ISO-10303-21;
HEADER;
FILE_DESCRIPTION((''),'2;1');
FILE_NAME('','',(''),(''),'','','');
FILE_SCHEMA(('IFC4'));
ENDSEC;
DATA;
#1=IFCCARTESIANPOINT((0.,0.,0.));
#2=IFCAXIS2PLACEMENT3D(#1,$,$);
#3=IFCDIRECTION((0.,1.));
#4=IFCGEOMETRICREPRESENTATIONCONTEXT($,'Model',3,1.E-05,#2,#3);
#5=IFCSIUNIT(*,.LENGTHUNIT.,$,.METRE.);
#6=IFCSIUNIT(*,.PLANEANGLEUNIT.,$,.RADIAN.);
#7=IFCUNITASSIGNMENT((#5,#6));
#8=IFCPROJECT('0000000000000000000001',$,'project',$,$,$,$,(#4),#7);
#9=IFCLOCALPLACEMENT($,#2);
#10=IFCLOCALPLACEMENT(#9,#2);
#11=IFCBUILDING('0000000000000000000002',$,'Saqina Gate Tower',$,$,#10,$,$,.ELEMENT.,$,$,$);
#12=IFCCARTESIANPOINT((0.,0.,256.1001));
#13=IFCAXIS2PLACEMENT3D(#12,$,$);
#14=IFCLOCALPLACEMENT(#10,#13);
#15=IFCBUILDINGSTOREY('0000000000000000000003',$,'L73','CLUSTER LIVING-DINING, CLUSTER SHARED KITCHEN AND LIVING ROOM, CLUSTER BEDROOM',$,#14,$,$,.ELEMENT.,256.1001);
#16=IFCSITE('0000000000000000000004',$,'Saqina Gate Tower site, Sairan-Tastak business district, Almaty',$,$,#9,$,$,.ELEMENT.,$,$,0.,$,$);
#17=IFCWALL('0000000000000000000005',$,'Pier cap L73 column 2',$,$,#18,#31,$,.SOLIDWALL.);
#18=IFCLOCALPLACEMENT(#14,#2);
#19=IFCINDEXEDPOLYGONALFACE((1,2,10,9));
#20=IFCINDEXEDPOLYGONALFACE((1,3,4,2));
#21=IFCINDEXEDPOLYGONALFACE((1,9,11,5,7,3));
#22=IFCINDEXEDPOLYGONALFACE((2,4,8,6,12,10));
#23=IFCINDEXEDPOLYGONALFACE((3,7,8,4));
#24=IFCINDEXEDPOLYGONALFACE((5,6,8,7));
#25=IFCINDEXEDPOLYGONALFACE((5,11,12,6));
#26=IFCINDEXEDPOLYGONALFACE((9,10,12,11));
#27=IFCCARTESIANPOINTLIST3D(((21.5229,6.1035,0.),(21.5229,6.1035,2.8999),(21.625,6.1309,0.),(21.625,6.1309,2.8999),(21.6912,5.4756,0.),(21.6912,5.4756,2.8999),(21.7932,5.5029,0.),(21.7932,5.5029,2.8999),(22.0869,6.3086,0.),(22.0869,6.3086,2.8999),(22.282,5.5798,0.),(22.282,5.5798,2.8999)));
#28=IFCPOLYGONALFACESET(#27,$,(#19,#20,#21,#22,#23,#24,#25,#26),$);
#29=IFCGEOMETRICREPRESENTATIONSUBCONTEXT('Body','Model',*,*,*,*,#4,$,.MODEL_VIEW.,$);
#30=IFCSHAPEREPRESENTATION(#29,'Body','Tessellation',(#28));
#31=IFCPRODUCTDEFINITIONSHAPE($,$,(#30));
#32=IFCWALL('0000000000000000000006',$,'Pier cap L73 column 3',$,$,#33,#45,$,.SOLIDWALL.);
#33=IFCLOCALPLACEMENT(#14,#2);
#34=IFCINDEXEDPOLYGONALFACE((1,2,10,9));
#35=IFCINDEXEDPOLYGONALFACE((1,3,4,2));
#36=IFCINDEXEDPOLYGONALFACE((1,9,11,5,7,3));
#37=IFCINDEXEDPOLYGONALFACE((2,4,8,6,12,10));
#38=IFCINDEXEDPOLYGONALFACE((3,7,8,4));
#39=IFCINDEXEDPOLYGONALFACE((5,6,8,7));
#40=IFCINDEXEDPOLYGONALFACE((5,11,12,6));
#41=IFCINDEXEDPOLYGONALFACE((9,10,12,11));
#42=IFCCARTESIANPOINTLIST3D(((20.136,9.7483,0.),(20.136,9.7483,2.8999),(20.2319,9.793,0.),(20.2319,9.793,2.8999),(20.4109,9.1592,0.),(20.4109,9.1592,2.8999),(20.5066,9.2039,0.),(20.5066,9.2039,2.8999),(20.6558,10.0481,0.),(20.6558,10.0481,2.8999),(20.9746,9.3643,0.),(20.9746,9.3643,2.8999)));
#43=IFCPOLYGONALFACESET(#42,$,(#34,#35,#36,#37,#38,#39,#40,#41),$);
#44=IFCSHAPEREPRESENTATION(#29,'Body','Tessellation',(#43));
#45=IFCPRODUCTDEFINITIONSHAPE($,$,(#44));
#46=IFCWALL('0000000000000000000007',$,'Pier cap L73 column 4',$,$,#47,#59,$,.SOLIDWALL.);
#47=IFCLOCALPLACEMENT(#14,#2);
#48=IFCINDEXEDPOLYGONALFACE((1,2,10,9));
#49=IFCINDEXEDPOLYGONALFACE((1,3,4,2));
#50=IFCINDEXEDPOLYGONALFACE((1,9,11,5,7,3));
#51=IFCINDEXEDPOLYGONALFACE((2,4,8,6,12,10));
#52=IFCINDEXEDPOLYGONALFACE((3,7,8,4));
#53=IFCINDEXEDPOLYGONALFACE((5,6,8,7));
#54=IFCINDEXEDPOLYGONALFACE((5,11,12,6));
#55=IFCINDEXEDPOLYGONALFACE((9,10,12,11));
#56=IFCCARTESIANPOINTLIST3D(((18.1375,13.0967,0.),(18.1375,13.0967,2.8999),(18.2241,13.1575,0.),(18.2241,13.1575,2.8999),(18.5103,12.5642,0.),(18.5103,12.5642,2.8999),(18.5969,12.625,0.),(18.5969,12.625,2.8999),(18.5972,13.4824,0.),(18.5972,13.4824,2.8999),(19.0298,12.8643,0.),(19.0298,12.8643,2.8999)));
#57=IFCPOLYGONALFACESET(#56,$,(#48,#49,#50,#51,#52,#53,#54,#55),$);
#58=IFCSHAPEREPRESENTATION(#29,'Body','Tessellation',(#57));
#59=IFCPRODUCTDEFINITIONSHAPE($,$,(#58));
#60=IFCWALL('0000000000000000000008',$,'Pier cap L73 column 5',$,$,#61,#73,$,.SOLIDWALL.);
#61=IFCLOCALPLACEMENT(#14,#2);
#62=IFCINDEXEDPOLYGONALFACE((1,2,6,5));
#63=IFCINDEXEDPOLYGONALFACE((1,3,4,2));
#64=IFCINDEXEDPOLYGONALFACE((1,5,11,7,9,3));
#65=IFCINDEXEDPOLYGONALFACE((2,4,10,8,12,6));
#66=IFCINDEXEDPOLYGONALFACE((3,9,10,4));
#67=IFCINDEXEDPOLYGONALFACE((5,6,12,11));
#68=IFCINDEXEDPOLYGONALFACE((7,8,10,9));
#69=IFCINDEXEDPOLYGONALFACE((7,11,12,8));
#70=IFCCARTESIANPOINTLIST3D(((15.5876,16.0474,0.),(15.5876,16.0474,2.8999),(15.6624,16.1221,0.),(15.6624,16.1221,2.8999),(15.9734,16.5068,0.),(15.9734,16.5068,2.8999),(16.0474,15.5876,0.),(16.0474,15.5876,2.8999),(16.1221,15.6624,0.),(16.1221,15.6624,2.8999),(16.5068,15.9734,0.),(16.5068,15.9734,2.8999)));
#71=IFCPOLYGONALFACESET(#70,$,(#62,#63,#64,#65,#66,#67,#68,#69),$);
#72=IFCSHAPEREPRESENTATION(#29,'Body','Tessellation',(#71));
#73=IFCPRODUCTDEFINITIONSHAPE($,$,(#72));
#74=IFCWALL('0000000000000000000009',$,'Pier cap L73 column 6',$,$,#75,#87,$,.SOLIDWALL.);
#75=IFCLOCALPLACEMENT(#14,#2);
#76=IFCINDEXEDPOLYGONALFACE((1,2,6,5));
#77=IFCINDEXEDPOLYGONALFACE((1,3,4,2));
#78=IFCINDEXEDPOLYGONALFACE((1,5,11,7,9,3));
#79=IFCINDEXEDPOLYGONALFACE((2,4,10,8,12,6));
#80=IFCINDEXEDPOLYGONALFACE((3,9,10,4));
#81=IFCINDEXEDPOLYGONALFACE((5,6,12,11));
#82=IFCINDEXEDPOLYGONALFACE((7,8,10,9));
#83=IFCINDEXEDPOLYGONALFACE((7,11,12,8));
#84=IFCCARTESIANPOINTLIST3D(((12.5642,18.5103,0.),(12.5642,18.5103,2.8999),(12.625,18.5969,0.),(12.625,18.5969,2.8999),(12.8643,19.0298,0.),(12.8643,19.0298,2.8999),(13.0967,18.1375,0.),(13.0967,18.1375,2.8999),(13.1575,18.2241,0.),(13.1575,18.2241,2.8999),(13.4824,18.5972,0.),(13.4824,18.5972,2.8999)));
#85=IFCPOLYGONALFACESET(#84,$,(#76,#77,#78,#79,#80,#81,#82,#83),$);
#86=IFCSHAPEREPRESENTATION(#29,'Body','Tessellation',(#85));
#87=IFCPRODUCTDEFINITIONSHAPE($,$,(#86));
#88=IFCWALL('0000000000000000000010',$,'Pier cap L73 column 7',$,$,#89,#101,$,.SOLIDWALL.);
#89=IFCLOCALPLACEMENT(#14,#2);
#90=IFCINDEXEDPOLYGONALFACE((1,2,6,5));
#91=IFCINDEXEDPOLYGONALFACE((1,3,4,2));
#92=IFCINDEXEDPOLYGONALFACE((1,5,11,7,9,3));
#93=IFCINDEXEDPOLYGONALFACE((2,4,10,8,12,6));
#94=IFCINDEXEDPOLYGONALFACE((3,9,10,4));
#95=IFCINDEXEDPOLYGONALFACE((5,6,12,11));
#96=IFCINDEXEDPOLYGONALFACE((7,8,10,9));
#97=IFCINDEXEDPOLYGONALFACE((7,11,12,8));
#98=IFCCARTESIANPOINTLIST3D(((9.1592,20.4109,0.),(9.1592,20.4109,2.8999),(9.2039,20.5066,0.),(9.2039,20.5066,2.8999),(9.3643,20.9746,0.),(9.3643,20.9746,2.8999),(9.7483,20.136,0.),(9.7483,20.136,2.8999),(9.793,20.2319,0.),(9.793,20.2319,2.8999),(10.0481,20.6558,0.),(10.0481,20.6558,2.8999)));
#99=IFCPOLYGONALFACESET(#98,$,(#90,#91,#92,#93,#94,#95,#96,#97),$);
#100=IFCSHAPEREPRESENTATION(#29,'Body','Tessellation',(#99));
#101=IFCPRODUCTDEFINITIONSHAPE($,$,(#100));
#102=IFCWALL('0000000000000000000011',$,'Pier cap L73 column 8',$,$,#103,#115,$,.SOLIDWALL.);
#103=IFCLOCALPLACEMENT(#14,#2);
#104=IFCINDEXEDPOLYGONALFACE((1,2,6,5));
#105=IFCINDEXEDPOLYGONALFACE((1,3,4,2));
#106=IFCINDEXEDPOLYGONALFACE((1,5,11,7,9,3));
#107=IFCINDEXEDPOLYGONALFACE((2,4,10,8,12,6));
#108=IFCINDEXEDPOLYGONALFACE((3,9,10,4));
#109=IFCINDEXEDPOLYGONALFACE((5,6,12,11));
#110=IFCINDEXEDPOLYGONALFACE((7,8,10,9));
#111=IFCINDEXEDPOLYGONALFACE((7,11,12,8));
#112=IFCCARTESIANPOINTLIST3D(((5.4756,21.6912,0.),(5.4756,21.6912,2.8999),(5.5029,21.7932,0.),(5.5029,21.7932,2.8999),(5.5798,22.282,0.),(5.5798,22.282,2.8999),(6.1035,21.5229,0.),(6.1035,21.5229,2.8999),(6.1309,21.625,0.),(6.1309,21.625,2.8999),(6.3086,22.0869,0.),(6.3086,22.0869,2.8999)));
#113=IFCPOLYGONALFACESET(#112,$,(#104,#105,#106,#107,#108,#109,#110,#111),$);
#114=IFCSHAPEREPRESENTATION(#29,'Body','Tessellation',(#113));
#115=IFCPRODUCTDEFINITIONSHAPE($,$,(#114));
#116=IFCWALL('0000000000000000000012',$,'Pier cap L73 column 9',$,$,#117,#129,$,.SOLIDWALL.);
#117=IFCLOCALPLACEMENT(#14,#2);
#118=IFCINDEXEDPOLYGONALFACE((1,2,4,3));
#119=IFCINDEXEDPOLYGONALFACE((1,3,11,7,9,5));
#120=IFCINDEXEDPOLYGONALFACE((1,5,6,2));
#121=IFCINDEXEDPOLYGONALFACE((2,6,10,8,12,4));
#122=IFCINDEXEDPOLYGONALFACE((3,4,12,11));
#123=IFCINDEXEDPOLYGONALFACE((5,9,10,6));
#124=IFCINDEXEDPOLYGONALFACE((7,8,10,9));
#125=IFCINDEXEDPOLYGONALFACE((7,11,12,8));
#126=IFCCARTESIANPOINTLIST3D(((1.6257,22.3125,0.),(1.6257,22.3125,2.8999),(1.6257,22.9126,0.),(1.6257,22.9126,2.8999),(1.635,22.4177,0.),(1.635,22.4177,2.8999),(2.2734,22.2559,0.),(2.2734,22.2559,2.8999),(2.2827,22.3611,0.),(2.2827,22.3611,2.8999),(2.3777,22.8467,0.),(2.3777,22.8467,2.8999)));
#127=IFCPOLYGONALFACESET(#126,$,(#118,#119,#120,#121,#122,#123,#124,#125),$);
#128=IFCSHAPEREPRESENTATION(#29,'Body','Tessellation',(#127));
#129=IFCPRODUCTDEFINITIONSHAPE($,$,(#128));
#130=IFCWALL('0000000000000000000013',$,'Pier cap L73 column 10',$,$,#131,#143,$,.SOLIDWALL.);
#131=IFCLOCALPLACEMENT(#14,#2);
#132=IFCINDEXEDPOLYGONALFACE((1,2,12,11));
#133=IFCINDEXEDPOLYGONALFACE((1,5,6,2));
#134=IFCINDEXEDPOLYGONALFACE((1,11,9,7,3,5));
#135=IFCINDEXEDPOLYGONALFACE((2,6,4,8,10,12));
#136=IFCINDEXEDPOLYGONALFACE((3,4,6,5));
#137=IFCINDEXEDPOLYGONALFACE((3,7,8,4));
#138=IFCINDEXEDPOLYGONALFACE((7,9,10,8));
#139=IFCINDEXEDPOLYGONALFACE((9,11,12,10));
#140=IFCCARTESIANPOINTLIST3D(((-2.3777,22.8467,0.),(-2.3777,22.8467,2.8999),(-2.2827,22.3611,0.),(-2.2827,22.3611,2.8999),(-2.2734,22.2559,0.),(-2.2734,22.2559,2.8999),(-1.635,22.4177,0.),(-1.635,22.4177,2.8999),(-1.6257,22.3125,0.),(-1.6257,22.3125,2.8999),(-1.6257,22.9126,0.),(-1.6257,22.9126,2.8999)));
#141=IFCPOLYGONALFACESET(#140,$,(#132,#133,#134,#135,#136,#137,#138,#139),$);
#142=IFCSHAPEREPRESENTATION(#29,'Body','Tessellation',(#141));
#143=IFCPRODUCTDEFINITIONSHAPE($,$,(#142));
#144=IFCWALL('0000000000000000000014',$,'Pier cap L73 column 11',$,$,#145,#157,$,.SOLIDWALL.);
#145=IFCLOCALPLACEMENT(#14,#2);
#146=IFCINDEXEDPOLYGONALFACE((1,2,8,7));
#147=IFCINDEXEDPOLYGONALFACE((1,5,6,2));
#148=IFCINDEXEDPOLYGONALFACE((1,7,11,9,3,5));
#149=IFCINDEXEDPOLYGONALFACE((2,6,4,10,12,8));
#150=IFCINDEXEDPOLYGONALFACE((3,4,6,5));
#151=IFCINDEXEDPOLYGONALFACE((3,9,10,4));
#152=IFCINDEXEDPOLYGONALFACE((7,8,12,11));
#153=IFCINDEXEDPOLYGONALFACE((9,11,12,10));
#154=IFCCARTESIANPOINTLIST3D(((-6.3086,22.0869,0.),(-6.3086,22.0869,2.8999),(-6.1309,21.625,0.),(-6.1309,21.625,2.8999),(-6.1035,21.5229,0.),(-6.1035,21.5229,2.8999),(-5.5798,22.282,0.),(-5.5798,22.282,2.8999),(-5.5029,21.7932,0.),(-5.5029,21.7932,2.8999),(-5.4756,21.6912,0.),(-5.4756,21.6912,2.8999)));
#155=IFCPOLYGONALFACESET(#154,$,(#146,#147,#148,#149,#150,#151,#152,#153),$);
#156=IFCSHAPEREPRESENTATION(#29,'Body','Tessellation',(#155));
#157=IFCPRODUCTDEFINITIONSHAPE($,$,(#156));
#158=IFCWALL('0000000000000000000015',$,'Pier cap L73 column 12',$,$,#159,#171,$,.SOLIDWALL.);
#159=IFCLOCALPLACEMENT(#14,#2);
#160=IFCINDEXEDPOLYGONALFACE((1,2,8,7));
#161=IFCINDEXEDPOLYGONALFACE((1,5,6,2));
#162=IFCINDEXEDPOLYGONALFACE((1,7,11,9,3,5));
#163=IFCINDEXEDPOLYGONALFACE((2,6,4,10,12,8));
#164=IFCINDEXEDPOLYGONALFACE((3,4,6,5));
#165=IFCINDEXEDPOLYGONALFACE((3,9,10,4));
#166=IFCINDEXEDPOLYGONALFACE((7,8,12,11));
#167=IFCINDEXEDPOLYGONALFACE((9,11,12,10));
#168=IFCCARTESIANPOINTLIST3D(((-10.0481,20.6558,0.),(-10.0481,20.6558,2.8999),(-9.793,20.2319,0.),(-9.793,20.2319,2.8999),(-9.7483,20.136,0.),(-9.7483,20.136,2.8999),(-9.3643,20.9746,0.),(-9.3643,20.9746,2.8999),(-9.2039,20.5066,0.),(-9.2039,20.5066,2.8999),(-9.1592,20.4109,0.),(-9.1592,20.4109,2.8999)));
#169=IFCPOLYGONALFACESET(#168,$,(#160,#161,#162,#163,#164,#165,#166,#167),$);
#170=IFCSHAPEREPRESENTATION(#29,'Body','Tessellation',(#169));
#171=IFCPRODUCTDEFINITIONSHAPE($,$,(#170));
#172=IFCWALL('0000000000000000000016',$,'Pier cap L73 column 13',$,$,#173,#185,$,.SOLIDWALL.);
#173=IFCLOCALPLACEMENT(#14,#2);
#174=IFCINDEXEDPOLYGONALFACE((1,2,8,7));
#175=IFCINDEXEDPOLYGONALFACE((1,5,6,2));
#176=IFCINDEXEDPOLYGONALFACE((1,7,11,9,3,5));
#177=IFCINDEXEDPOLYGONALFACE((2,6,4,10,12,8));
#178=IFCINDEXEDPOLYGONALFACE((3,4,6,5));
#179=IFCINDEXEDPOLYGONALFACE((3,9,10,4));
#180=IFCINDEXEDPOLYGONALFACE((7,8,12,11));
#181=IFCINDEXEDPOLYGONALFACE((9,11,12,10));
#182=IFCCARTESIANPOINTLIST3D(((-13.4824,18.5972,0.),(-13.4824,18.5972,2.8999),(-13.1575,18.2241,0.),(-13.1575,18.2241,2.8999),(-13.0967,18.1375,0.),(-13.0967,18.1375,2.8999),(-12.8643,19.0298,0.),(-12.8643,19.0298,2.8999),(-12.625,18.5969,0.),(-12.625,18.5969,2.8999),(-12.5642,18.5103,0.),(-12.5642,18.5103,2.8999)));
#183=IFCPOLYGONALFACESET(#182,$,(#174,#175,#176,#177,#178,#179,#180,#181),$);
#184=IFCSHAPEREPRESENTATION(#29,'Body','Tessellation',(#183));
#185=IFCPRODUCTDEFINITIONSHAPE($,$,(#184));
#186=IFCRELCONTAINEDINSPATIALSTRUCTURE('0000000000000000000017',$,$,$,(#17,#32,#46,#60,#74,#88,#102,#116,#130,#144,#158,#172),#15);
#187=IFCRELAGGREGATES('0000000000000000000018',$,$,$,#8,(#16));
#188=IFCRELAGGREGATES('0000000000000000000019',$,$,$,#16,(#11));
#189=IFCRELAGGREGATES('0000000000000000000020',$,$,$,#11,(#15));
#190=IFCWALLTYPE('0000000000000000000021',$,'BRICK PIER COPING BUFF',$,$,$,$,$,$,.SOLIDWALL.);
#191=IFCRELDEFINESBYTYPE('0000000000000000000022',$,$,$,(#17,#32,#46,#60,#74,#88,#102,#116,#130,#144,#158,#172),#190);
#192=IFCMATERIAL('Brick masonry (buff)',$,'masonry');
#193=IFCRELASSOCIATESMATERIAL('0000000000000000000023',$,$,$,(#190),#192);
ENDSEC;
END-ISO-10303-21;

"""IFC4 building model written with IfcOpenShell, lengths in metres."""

from ifc_helpers import new_model, si_unit, direction, frame, origin, place, context, subcontext, project, spatial, polyline, outline, extrude, material, type_object, element, save


model = new_model("IFC4")

# Units and contexts
model_context = context("Model", 3, precision=1e-05, world=origin(), true_north=direction((0.0, 1.0)))
body_context = subcontext(model_context, "Body", "Model", "MODEL_VIEW")
ifc_project = project(units=[si_unit("LENGTHUNIT", "METRE"), si_unit("PLANEANGLEUNIT", "RADIAN")], contexts=[model_context])

# Site, building, storey
site_placement = place(None, origin())
site = spatial("IfcSite", under=ifc_project, at=site_placement, Name="Saqina Gate Tower site, Sairan-Tastak business district, Almaty", CompositionType="ELEMENT", RefElevation=0.0)
building_placement = place(site_placement, origin())
building = spatial("IfcBuilding", under=site, at=building_placement, Name="Saqina Gate Tower", CompositionType="ELEMENT")
storey_placement = place(building_placement, frame((0.0, 0.0, 256.1001)))
storey = spatial("IfcBuildingStorey", under=building, at=storey_placement, Name="L73", Description="CLUSTER LIVING-DINING, CLUSTER SHARED KITCHEN AND LIVING ROOM, CLUSTER BEDROOM", CompositionType="ELEMENT", Elevation=256.1001)

# Walls
ifc_material_1 = material(Name="Brick masonry (buff)", Category="masonry")
wall_type_1 = type_object("IfcWallType", Name="BRICK PIER COPING BUFF", PredefinedType="SOLIDWALL", material=ifc_material_1)
wall_1_placement = place(storey_placement, origin())
element("IfcWall", 1, at=wall_1_placement, inside=storey, type_object=wall_type_1, Name="Pier cap L73 column 2", PredefinedType="SOLIDWALL", context=body_context, shape_type="SweptSolid", body=[
    extrude(outline(polyline([(22.0869, 6.3086), (21.5229, 6.1035), (21.625, 6.1309), (21.7932, 5.5029), (21.6912, 5.4756), (22.282, 5.5798), (22.0869, 6.3086)])), origin(), (0.0, 0.0, 1.0), 2.8999),
])
wall_2_placement = place(storey_placement, origin())
element("IfcWall", 2, at=wall_2_placement, inside=storey, type_object=wall_type_1, Name="Pier cap L73 column 3", PredefinedType="SOLIDWALL", context=body_context, shape_type="SweptSolid", body=[
    extrude(outline(polyline([(20.9746, 9.3643), (20.6558, 10.0481), (20.136, 9.7483), (20.2319, 9.793), (20.5066, 9.2039), (20.4109, 9.1592), (20.9746, 9.3643)])), origin(), (0.0, 0.0, 1.0), 2.8999),
])
wall_3_placement = place(storey_placement, origin())
element("IfcWall", 3, at=wall_3_placement, inside=storey, type_object=wall_type_1, Name="Pier cap L73 column 4", PredefinedType="SOLIDWALL", context=body_context, shape_type="SweptSolid", body=[
    extrude(outline(polyline([(19.0298, 12.8643), (18.5972, 13.4824), (18.1375, 13.0967), (18.2241, 13.1575), (18.5969, 12.625), (18.5103, 12.5642), (19.0298, 12.8643)])), origin(), (0.0, 0.0, 1.0), 2.8999),
])
wall_4_placement = place(storey_placement, origin())
element("IfcWall", 4, at=wall_4_placement, inside=storey, type_object=wall_type_1, Name="Pier cap L73 column 5", PredefinedType="SOLIDWALL", context=body_context, shape_type="SweptSolid", body=[
    extrude(outline(polyline([(15.9734, 16.5068), (15.5876, 16.0474), (15.6624, 16.1221), (16.1221, 15.6624), (16.0474, 15.5876), (16.5068, 15.9734), (15.9734, 16.5068)])), origin(), (0.0, 0.0, 1.0), 2.8999),
])
wall_5_placement = place(storey_placement, origin())
element("IfcWall", 5, at=wall_5_placement, inside=storey, type_object=wall_type_1, Name="Pier cap L73 column 6", PredefinedType="SOLIDWALL", context=body_context, shape_type="SweptSolid", body=[
    extrude(outline(polyline([(12.8643, 19.0298), (12.5642, 18.5103), (12.625, 18.5969), (13.1575, 18.2241), (13.0967, 18.1375), (13.4824, 18.5972), (12.8643, 19.0298)])), origin(), (0.0, 0.0, 1.0), 2.8999),
])
wall_6_placement = place(storey_placement, origin())
element("IfcWall", 6, at=wall_6_placement, inside=storey, type_object=wall_type_1, Name="Pier cap L73 column 7", PredefinedType="SOLIDWALL", context=body_context, shape_type="SweptSolid", body=[
    extrude(outline(polyline([(10.0481, 20.6558), (9.3643, 20.9746), (9.1592, 20.4109), (9.2039, 20.5066), (9.793, 20.2319), (9.7483, 20.136), (10.0481, 20.6558)])), origin(), (0.0, 0.0, 1.0), 2.8999),
])
wall_7_placement = place(storey_placement, origin())
element("IfcWall", 7, at=wall_7_placement, inside=storey, type_object=wall_type_1, Name="Pier cap L73 column 8", PredefinedType="SOLIDWALL", context=body_context, shape_type="SweptSolid", body=[
    extrude(outline(polyline([(5.5798, 22.282), (5.4756, 21.6912), (5.5029, 21.7932), (6.1309, 21.625), (6.1035, 21.5229), (6.3086, 22.0869), (5.5798, 22.282)])), origin(), (0.0, 0.0, 1.0), 2.8999),
])
wall_8_placement = place(storey_placement, origin())
element("IfcWall", 8, at=wall_8_placement, inside=storey, type_object=wall_type_1, Name="Pier cap L73 column 9", PredefinedType="SOLIDWALL", context=body_context, shape_type="SweptSolid", body=[
    extrude(outline(polyline([(2.3777, 22.8467), (1.6257, 22.9126), (1.6257, 22.3125), (1.635, 22.4177), (2.2827, 22.3611), (2.2734, 22.2559), (2.3777, 22.8467)])), origin(), (0.0, 0.0, 1.0), 2.8999),
])
wall_9_placement = place(storey_placement, origin())
element("IfcWall", 9, at=wall_9_placement, inside=storey, type_object=wall_type_1, Name="Pier cap L73 column 10", PredefinedType="SOLIDWALL", context=body_context, shape_type="SweptSolid", body=[
    extrude(outline(polyline([(-1.6257, 22.9126), (-2.3777, 22.8467), (-2.2734, 22.2559), (-2.2827, 22.3611), (-1.635, 22.4177), (-1.6257, 22.3125), (-1.6257, 22.9126)])), origin(), (0.0, 0.0, 1.0), 2.8999),
])
wall_10_placement = place(storey_placement, origin())
element("IfcWall", 10, at=wall_10_placement, inside=storey, type_object=wall_type_1, Name="Pier cap L73 column 11", PredefinedType="SOLIDWALL", context=body_context, shape_type="SweptSolid", body=[
    extrude(outline(polyline([(-6.3086, 22.0869), (-6.1035, 21.5229), (-6.1309, 21.625), (-5.5029, 21.7932), (-5.4756, 21.6912), (-5.5798, 22.282), (-6.3086, 22.0869)])), origin(), (0.0, 0.0, 1.0), 2.8999),
])
wall_11_placement = place(storey_placement, origin())
element("IfcWall", 11, at=wall_11_placement, inside=storey, type_object=wall_type_1, Name="Pier cap L73 column 12", PredefinedType="SOLIDWALL", context=body_context, shape_type="SweptSolid", body=[
    extrude(outline(polyline([(-9.3643, 20.9746), (-10.0481, 20.6558), (-9.7483, 20.136), (-9.793, 20.2319), (-9.2039, 20.5066), (-9.1592, 20.4109), (-9.3643, 20.9746)])), origin(), (0.0, 0.0, 1.0), 2.8999),
])
wall_12_placement = place(storey_placement, origin())
element("IfcWall", 12, at=wall_12_placement, inside=storey, type_object=wall_type_1, Name="Pier cap L73 column 13", PredefinedType="SOLIDWALL", context=body_context, shape_type="SweptSolid", body=[
    extrude(outline(polyline([(-12.8643, 19.0298), (-13.4824, 18.5972), (-13.0967, 18.1375), (-13.1575, 18.2241), (-12.625, 18.5969), (-12.5642, 18.5103), (-12.8643, 19.0298)])), origin(), (0.0, 0.0, 1.0), 2.8999),
])

save(model, "model.ifc")
